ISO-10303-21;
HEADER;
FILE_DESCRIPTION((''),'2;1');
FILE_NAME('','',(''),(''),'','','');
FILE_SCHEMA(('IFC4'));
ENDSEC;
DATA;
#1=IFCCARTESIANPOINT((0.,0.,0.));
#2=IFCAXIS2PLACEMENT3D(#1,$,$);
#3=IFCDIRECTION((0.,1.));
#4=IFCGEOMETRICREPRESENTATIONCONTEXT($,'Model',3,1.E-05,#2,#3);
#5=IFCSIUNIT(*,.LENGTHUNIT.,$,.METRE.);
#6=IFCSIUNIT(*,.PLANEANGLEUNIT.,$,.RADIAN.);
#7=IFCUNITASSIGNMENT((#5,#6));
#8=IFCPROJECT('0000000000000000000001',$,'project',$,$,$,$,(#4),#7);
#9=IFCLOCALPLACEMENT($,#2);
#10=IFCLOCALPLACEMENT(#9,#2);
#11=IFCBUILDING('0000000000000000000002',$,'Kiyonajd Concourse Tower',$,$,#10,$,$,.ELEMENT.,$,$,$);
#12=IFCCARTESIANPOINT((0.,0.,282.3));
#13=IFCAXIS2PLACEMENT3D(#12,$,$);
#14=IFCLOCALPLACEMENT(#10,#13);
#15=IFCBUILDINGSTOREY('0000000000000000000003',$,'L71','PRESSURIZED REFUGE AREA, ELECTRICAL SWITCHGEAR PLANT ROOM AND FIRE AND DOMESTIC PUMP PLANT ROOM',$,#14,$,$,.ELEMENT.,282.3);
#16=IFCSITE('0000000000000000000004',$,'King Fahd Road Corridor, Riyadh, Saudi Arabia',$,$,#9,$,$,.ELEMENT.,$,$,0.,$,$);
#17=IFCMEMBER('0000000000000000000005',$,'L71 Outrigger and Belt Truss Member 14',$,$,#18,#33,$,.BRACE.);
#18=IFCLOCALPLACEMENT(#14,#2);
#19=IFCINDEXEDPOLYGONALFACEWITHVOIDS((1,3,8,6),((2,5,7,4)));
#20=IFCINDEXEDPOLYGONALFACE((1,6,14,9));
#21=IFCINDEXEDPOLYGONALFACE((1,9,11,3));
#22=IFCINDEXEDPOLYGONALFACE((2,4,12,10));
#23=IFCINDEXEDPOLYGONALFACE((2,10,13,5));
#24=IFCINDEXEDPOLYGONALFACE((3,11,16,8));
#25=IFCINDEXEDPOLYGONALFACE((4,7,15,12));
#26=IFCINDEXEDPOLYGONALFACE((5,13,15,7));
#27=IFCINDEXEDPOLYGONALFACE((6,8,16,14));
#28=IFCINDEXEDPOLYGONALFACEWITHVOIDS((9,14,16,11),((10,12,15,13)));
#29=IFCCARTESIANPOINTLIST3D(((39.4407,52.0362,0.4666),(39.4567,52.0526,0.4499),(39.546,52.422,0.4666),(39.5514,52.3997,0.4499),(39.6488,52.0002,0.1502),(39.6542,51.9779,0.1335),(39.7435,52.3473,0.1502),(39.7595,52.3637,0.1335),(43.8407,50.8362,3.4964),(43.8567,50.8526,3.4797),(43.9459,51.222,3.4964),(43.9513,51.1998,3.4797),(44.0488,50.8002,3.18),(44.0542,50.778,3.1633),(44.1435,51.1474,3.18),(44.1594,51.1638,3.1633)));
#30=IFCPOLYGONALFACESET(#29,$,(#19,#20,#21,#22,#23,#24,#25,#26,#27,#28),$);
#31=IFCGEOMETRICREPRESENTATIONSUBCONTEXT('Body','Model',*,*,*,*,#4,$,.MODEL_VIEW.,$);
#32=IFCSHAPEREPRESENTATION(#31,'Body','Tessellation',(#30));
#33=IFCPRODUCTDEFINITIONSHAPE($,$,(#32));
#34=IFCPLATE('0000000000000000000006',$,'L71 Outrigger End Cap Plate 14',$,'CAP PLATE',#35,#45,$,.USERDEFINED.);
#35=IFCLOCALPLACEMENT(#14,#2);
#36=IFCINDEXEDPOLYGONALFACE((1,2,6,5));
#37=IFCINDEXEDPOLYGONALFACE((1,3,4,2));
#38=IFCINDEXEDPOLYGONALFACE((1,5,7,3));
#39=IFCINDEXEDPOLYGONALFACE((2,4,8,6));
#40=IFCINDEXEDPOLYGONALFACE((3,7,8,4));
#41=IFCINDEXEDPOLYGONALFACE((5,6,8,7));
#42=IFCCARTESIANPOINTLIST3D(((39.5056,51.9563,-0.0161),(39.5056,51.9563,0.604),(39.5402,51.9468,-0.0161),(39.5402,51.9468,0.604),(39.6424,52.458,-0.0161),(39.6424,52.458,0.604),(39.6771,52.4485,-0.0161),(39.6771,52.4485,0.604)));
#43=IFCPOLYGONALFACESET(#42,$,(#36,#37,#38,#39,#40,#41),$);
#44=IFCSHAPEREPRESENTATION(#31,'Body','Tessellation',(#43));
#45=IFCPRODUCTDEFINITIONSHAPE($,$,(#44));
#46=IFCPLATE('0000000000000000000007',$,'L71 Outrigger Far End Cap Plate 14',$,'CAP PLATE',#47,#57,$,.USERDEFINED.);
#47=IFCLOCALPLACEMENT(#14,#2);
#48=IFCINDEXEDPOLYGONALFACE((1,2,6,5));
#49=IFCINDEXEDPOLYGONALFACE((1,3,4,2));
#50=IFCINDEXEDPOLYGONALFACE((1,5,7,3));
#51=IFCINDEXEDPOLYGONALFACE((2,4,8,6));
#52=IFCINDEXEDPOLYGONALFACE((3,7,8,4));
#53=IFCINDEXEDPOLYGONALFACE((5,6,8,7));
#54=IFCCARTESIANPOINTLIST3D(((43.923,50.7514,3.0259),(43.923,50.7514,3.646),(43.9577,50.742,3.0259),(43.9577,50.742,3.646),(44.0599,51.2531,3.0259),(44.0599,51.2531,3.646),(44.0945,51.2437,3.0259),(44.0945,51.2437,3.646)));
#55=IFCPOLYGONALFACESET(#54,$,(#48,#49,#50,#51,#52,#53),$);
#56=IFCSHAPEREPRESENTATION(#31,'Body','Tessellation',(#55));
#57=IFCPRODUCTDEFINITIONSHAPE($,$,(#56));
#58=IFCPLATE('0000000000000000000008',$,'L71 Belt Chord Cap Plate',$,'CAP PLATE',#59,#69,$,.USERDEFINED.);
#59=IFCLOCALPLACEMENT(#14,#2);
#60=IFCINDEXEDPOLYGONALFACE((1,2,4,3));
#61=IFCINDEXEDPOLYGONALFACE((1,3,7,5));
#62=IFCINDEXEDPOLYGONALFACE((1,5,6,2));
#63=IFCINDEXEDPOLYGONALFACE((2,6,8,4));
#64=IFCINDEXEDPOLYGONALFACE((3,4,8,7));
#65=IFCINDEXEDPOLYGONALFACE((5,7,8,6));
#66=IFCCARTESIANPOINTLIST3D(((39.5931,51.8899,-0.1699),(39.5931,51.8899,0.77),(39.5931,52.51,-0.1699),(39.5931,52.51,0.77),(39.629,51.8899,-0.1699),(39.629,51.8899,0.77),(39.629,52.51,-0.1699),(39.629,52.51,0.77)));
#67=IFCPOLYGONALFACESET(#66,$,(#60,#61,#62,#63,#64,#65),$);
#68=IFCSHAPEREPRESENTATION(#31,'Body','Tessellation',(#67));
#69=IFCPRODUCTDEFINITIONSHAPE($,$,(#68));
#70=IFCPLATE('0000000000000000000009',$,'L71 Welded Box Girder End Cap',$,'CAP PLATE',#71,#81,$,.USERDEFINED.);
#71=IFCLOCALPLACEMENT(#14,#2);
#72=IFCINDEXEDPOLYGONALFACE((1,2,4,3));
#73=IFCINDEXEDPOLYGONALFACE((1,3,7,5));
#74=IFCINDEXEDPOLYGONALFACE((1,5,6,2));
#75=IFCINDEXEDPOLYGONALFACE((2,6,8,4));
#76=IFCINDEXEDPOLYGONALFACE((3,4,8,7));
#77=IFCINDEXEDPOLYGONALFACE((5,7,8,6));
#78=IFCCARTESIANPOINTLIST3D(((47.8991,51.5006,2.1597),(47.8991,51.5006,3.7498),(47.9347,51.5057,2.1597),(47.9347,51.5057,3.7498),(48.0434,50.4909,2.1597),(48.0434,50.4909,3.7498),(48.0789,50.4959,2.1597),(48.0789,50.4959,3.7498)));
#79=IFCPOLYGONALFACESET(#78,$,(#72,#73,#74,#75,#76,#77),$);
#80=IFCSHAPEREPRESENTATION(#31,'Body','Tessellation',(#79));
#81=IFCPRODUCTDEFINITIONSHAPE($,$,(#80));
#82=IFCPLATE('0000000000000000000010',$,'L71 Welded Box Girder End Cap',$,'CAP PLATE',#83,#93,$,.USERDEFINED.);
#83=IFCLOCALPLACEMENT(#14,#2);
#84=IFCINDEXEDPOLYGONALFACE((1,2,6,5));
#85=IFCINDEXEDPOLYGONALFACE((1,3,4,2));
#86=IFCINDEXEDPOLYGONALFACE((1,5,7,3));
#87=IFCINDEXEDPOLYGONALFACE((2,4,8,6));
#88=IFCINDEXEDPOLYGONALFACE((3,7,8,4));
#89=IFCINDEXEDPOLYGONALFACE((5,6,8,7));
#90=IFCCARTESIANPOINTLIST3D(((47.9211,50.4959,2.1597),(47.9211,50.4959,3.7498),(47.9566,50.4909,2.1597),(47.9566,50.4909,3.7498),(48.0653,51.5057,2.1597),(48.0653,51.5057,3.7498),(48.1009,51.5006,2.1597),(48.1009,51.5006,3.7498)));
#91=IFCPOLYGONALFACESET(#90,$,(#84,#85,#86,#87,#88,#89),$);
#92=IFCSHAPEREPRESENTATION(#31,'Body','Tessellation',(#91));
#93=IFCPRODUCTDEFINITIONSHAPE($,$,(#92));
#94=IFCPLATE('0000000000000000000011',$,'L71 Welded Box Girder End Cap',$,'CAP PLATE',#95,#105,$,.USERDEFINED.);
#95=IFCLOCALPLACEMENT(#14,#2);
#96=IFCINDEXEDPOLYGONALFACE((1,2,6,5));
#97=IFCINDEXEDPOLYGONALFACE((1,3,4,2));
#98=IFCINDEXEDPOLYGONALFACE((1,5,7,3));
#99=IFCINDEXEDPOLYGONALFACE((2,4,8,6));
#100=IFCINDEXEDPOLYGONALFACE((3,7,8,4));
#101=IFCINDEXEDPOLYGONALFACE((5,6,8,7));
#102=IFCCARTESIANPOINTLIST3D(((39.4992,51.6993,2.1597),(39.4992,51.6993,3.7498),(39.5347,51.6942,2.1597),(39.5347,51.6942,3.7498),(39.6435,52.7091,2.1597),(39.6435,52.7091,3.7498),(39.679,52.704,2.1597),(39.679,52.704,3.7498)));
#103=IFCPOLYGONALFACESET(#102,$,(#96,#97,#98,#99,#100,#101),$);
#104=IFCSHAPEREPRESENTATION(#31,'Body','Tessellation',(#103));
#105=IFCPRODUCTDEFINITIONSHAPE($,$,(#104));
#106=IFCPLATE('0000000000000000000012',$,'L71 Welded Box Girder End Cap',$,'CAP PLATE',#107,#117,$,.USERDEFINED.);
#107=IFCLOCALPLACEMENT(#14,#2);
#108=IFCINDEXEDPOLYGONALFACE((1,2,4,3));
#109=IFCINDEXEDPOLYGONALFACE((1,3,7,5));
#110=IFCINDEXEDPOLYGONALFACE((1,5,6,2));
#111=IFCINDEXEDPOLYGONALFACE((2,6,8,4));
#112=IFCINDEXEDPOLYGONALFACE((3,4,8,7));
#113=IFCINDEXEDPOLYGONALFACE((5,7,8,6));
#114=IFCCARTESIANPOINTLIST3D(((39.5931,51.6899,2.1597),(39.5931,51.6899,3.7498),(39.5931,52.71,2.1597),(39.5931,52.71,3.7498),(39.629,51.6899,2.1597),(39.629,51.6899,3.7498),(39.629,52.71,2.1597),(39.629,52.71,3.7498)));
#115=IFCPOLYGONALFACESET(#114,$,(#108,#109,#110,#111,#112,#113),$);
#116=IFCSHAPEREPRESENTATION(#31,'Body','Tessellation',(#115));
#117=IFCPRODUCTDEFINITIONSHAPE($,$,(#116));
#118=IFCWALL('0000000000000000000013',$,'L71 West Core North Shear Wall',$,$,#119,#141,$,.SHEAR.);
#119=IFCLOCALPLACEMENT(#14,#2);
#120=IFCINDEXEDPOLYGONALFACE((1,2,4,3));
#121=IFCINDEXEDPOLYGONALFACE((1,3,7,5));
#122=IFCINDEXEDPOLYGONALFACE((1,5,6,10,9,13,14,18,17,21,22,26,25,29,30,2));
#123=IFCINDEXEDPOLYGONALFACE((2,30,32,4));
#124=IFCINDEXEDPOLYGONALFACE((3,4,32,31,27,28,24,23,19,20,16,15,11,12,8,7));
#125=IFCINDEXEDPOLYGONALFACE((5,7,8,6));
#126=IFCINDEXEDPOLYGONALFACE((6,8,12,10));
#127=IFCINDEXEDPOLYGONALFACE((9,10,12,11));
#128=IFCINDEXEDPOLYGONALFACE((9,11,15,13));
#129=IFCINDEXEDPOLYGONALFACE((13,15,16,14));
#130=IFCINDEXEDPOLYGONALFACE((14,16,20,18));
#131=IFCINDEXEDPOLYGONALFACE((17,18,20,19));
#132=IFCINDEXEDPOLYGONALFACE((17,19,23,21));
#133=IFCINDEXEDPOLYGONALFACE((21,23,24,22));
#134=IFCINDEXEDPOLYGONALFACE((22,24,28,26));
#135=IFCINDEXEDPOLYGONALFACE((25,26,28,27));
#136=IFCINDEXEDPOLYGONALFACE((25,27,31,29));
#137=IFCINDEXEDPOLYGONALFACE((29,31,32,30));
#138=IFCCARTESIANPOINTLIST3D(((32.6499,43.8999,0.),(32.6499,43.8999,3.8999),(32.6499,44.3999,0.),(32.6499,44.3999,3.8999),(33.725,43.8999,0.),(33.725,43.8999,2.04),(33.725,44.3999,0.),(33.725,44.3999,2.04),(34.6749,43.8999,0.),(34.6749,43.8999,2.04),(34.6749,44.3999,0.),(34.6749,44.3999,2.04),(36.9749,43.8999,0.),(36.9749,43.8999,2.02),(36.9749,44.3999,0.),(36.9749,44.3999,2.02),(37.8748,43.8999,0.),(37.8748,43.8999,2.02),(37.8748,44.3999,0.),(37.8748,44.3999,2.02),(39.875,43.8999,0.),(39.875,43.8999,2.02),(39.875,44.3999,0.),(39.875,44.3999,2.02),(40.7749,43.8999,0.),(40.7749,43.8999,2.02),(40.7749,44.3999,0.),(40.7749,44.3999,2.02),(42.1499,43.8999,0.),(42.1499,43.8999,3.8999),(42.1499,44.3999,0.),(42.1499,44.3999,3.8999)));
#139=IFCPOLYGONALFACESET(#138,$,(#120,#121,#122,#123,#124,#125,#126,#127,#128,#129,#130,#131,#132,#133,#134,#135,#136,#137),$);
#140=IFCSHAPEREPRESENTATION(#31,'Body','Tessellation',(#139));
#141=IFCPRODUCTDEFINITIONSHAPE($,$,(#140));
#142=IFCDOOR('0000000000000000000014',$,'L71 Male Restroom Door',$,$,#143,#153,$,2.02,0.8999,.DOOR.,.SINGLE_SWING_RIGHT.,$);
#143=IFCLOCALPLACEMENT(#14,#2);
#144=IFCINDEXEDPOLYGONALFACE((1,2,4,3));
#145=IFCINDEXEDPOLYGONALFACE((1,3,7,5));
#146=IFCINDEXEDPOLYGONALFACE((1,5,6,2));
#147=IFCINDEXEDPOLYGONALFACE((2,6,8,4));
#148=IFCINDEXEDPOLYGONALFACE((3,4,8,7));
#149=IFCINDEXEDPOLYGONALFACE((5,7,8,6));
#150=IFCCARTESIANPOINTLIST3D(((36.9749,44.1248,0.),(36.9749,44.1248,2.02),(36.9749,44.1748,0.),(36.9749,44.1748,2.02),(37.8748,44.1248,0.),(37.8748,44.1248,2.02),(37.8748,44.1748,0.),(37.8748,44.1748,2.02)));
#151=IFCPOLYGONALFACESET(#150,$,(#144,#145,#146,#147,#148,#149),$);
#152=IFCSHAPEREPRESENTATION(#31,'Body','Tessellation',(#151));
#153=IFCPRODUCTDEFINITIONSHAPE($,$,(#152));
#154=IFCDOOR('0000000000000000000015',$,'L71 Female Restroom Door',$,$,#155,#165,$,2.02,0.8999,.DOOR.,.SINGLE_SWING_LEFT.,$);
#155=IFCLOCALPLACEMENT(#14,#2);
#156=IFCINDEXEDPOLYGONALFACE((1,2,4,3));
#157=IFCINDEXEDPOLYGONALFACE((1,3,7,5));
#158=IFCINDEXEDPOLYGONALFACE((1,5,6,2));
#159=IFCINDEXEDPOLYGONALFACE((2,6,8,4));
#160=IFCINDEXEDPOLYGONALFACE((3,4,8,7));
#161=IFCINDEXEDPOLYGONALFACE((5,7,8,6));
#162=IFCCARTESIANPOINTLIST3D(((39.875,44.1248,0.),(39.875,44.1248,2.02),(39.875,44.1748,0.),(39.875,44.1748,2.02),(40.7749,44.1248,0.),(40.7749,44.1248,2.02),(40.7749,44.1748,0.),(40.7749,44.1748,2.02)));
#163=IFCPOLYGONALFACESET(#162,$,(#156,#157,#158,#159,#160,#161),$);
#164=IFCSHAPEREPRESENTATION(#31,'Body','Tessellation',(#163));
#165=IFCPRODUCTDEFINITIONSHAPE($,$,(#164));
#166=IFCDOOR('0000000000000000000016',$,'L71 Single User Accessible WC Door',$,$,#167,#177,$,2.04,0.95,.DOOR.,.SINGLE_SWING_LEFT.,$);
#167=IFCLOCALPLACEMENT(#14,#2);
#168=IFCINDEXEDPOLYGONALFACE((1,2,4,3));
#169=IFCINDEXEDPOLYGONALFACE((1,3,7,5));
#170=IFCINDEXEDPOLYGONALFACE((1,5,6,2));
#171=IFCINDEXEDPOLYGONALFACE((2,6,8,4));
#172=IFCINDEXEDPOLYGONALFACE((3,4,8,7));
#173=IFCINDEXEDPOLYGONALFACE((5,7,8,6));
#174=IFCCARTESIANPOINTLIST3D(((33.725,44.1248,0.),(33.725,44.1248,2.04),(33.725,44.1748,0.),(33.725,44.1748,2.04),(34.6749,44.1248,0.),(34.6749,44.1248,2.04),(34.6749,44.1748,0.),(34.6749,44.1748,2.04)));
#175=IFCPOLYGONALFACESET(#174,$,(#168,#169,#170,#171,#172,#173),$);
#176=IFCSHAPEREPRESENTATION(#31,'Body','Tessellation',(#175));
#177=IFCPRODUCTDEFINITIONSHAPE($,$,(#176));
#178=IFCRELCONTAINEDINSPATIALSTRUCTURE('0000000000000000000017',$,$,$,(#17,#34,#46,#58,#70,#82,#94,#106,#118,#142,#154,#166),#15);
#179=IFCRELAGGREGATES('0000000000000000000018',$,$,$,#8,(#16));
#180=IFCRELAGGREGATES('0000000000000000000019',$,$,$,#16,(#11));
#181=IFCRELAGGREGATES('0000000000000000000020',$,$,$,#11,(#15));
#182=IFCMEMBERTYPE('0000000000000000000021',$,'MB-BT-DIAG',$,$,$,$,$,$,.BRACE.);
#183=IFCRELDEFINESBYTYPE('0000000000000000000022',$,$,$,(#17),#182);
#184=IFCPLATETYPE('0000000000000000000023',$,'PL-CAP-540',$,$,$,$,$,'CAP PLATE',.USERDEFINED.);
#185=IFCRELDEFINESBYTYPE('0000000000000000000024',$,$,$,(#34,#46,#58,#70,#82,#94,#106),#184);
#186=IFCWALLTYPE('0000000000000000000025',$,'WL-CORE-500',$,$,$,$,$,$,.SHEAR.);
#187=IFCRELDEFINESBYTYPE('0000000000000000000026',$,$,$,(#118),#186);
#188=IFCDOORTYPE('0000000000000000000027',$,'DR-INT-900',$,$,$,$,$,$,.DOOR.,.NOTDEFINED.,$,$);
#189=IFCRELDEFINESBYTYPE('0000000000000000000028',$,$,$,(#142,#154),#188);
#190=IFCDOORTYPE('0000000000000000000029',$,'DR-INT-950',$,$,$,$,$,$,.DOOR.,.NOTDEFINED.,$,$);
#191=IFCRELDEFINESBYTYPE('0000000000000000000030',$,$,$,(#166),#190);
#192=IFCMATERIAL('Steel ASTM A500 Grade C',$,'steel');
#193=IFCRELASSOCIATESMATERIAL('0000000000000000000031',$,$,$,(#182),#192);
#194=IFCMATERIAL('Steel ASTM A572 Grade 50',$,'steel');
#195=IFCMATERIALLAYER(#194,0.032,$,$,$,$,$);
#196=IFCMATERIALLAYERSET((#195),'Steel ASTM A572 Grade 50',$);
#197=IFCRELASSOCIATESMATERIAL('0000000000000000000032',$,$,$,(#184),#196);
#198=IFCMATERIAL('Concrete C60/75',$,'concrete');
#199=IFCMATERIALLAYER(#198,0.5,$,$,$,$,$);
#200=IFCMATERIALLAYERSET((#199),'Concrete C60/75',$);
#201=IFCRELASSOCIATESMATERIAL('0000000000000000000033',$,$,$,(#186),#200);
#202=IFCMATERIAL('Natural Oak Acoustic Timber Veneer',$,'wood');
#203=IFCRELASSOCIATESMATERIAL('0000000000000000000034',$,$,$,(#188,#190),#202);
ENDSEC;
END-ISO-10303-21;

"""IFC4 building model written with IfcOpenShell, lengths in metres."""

from ifc_helpers import new_model, si_unit, direction, frame, frame_2d, origin, origin_2d, place, context, subcontext, project, spatial, rectangle, hollow_rectangle, extrude, material, layer, layer_set, material_profile, profile_set, type_object, element, fill, save


model = new_model("IFC4")

# Units and contexts
model_context = context("Model", 3, precision=1e-05, world=origin(), true_north=direction((0.0, 1.0)))
body_context = subcontext(model_context, "Body", "Model", "MODEL_VIEW")
ifc_project = project(units=[si_unit("LENGTHUNIT", "METRE"), si_unit("PLANEANGLEUNIT", "RADIAN")], contexts=[model_context])

# Site, building, storey
site_placement = place(None, origin())
site = spatial("IfcSite", under=ifc_project, at=site_placement, Name="King Fahd Road Corridor, Riyadh, Saudi Arabia", CompositionType="ELEMENT", RefElevation=0.0)
building_placement = place(site_placement, origin())
building = spatial("IfcBuilding", under=site, at=building_placement, Name="Kiyonajd Concourse Tower", CompositionType="ELEMENT")
storey_placement = place(building_placement, frame((0.0, 0.0, 282.3)))
storey = spatial("IfcBuildingStorey", under=building, at=storey_placement, Name="L71", Description="PRESSURIZED REFUGE AREA, ELECTRICAL SWITCHGEAR PLANT ROOM AND FIRE AND DOMESTIC PUMP PLANT ROOM", CompositionType="ELEMENT", Elevation=282.3)

# Shared definitions
ifc_material_1 = material(Name="Concrete C60/75", Category="concrete")

# Shared definitions
ifc_material_2 = material(Name="Steel ASTM A572 Grade 50", Category="steel")

# Member
ifc_material_3 = material(Name="Steel ASTM A500 Grade C", Category="steel")
ifc_material_profile_1 = material_profile(ifc_material_3, hollow_rectangle(XDim=0.3999, YDim=0.3999, WallThickness=0.02, at=origin_2d()), Name="HSS-400x400x20")
ifc_profile_set_1 = profile_set([ifc_material_profile_1], Name="Steel ASTM A500 Grade C")
member_type = type_object("IfcMemberType", Name="MB-BT-DIAG", PredefinedType="BRACE", material=ifc_profile_set_1)
member_placement = place(storey_placement, frame((39.6001, 52.2, 0.3), z_axis=(0.803595, -0.219158, 0.553358), x_axis=(0.263113, 0.964765, 0.0)))
element("IfcMember", 1, at=member_placement, inside=storey, type_object=member_type, Name="L71 Outrigger and Belt Truss Member 14", PredefinedType="BRACE", context=body_context, shape_type="SweptSolid", body=[
    extrude(hollow_rectangle(XDim=0.3999, YDim=0.3999, WallThickness=0.02, at=origin_2d()), origin(), (0.0, 0.0, 1.0), 5.4753),
])

# Plates
ifc_layer_1 = layer(ifc_material_2, 0.032)
ifc_layer_set_1 = layer_set([ifc_layer_1], Name="Steel ASTM A572 Grade 50")
plate_type = type_object("IfcPlateType", Name="PL-CAP-540", ElementType="CAP PLATE", PredefinedType="USERDEFINED", material=ifc_layer_set_1)
for number, where, z_axis, x_axis, name in (
    (2, (39.5913, 52.2024, -0.0161), (0.0, 0.0, 1.0), (-0.964741, 0.2632, 0.0), "L71 Outrigger End Cap Plate 14"),
    (3, (44.0088, 50.9976, 3.0259), (0.0, 0.0, 1.0), (0.964741, -0.2632, 0.0), "L71 Outrigger Far End Cap Plate 14"),
):
    element("IfcPlate", number, at=place(storey_placement, frame(where, z_axis=z_axis, x_axis=x_axis)), inside=storey, type_object=plate_type, Name=name, ObjectType="CAP PLATE", PredefinedType="USERDEFINED", context=body_context, shape_type="SweptSolid", body=[
        extrude(rectangle(XDim=0.0359, YDim=0.52, at=origin_2d()), origin(), (0.0, 0.0, 1.0), 0.6201),
    ])
plate_placement = place(storey_placement, frame((39.6111, 52.2, -0.1699), z_axis=(0.0, 0.0, 1.0), x_axis=(1.0, 0.0, 0.0)))
element("IfcPlate", 4, at=plate_placement, inside=storey, type_object=plate_type, Name="L71 Belt Chord Cap Plate", ObjectType="CAP PLATE", PredefinedType="USERDEFINED", context=body_context, shape_type="SweptSolid", body=[
    extrude(rectangle(XDim=0.0359, YDim=0.6201, at=origin_2d()), origin(), (0.0, 0.0, 1.0), 0.9399),
])
for number, where, z_axis, x_axis, name in (
    (5, (47.989, 50.9983, 2.1597), (0.0, 0.0, 1.0), (-0.98995, -0.14142, 0.0), "L71 Welded Box Girder End Cap"),
    (6, (48.011, 50.9983, 2.1597), (0.0, 0.0, 1.0), (0.98995, -0.14142, 0.0), "L71 Welded Box Girder End Cap"),
    (7, (39.5891, 52.2017, 2.1597), (0.0, 0.0, 1.0), (-0.98995, 0.14142, 0.0), "L71 Welded Box Girder End Cap"),
    (8, (39.6111, 52.2, 2.1597), (0.0, 0.0, 1.0), (1.0, 0.0, 0.0), "L71 Welded Box Girder End Cap"),
):
    element("IfcPlate", number, at=place(storey_placement, frame(where, z_axis=z_axis, x_axis=x_axis)), inside=storey, type_object=plate_type, Name=name, ObjectType="CAP PLATE", PredefinedType="USERDEFINED", context=body_context, shape_type="SweptSolid", body=[
        extrude(rectangle(XDim=0.0359, YDim=1.02, at=origin_2d()), origin(), (0.0, 0.0, 1.0), 1.5901),
    ])

# Wall, openings, doors
ifc_layer_2 = layer(ifc_material_1, 0.5)
ifc_layer_set_2 = layer_set([ifc_layer_2], Name="Concrete C60/75")
wall_type_1 = type_object("IfcWallType", Name="WL-CORE-500", PredefinedType="SHEAR", material=ifc_layer_set_2)
wall_1_placement = place(storey_placement, frame((32.6499, 44.1499, 0.0), z_axis=(0.0, 0.0, 1.0), x_axis=(1.0, 0.0, 0.0)))
wall_1 = element("IfcWall", 9, at=wall_1_placement, inside=storey, type_object=wall_type_1, Name="L71 West Core North Shear Wall", PredefinedType="SHEAR", context=body_context, shape_type="SweptSolid", body=[
    extrude(rectangle(XDim=9.5, YDim=0.5, at=frame_2d((4.75, 0.0))), origin(), (0.0, 0.0, 1.0), 3.8999),
])
opening_1_placement = place(wall_1_placement, frame((1.075, 0.0, 0.0)))
opening_1 = element("IfcOpeningElement", 10, at=opening_1_placement, cuts=wall_1, PredefinedType="OPENING", context=body_context, shape_type="SweptSolid", body=[
    extrude(rectangle(XDim=0.95, YDim=2.04, at=frame_2d((0.4751, 1.02))), frame((0.0, 0.26, 0.0), z_axis=(0.0, -1.0, 0.0), x_axis=(1.0, 0.0, 0.0)), (0.0, 0.0, 1.0), 0.52),
])
opening_2_placement = place(wall_1_placement, frame((4.325, 0.0, 0.0)))
opening_2 = element("IfcOpeningElement", 11, at=opening_2_placement, cuts=wall_1, PredefinedType="OPENING", context=body_context, shape_type="SweptSolid", body=[
    extrude(rectangle(XDim=0.8999, YDim=2.02, at=frame_2d((0.45, 1.01))), frame((0.0, 0.26, 0.0), z_axis=(0.0, -1.0, 0.0), x_axis=(1.0, 0.0, 0.0)), (0.0, 0.0, 1.0), 0.52),
])
opening_3_placement = place(wall_1_placement, frame((7.2251, 0.0, 0.0)))
opening_3 = element("IfcOpeningElement", 12, at=opening_3_placement, cuts=wall_1, PredefinedType="OPENING", context=body_context, shape_type="SweptSolid", body=[
    extrude(rectangle(XDim=0.8999, YDim=2.02, at=frame_2d((0.45, 1.01))), frame((0.0, 0.26, 0.0), z_axis=(0.0, -1.0, 0.0), x_axis=(1.0, 0.0, 0.0)), (0.0, 0.0, 1.0), 0.52),
])
ifc_material_4 = material(Name="Natural Oak Acoustic Timber Veneer", Category="wood")
door_type_1 = type_object("IfcDoorType", Name="DR-INT-900", OperationType="NOTDEFINED", PredefinedType="DOOR", material=ifc_material_4)
door_1_placement = place(opening_2_placement, origin())
door_1 = element("IfcDoor", 13, at=door_1_placement, inside=storey, type_object=door_type_1, Name="L71 Male Restroom Door", OperationType="SINGLE_SWING_RIGHT", OverallHeight=2.02, OverallWidth=0.8999, PredefinedType="DOOR", context=body_context, shape_type="SweptSolid", body=[
    extrude(rectangle(XDim=0.8999, YDim=2.02, at=frame_2d((0.45, 1.01))), frame((0.0, 0.0249, 0.0), z_axis=(0.0, -1.0, 0.0), x_axis=(1.0, 0.0, 0.0)), (0.0, 0.0, 1.0), 0.05),
])
fill(opening_2, door_1)
door_2_placement = place(opening_3_placement, origin())
door_2 = element("IfcDoor", 14, at=door_2_placement, inside=storey, type_object=door_type_1, Name="L71 Female Restroom Door", OperationType="SINGLE_SWING_LEFT", OverallHeight=2.02, OverallWidth=0.8999, PredefinedType="DOOR", context=body_context, shape_type="SweptSolid", body=[
    extrude(rectangle(XDim=0.8999, YDim=2.02, at=frame_2d((0.45, 1.01))), frame((0.0, 0.0249, 0.0), z_axis=(0.0, -1.0, 0.0), x_axis=(1.0, 0.0, 0.0)), (0.0, 0.0, 1.0), 0.05),
])
fill(opening_3, door_2)
door_type_2 = type_object("IfcDoorType", Name="DR-INT-950", OperationType="NOTDEFINED", PredefinedType="DOOR", material=ifc_material_4)
door_3_placement = place(opening_1_placement, origin())
door_3 = element("IfcDoor", 15, at=door_3_placement, inside=storey, type_object=door_type_2, Name="L71 Single User Accessible WC Door", OperationType="SINGLE_SWING_LEFT", OverallHeight=2.04, OverallWidth=0.95, PredefinedType="DOOR", context=body_context, shape_type="SweptSolid", body=[
    extrude(rectangle(XDim=0.95, YDim=2.04, at=frame_2d((0.4751, 1.02))), frame((0.0, 0.0249, 0.0), z_axis=(0.0, -1.0, 0.0), x_axis=(1.0, 0.0, 0.0)), (0.0, 0.0, 1.0), 0.05),
])
fill(opening_1, door_3)

save(model, "model.ifc")
